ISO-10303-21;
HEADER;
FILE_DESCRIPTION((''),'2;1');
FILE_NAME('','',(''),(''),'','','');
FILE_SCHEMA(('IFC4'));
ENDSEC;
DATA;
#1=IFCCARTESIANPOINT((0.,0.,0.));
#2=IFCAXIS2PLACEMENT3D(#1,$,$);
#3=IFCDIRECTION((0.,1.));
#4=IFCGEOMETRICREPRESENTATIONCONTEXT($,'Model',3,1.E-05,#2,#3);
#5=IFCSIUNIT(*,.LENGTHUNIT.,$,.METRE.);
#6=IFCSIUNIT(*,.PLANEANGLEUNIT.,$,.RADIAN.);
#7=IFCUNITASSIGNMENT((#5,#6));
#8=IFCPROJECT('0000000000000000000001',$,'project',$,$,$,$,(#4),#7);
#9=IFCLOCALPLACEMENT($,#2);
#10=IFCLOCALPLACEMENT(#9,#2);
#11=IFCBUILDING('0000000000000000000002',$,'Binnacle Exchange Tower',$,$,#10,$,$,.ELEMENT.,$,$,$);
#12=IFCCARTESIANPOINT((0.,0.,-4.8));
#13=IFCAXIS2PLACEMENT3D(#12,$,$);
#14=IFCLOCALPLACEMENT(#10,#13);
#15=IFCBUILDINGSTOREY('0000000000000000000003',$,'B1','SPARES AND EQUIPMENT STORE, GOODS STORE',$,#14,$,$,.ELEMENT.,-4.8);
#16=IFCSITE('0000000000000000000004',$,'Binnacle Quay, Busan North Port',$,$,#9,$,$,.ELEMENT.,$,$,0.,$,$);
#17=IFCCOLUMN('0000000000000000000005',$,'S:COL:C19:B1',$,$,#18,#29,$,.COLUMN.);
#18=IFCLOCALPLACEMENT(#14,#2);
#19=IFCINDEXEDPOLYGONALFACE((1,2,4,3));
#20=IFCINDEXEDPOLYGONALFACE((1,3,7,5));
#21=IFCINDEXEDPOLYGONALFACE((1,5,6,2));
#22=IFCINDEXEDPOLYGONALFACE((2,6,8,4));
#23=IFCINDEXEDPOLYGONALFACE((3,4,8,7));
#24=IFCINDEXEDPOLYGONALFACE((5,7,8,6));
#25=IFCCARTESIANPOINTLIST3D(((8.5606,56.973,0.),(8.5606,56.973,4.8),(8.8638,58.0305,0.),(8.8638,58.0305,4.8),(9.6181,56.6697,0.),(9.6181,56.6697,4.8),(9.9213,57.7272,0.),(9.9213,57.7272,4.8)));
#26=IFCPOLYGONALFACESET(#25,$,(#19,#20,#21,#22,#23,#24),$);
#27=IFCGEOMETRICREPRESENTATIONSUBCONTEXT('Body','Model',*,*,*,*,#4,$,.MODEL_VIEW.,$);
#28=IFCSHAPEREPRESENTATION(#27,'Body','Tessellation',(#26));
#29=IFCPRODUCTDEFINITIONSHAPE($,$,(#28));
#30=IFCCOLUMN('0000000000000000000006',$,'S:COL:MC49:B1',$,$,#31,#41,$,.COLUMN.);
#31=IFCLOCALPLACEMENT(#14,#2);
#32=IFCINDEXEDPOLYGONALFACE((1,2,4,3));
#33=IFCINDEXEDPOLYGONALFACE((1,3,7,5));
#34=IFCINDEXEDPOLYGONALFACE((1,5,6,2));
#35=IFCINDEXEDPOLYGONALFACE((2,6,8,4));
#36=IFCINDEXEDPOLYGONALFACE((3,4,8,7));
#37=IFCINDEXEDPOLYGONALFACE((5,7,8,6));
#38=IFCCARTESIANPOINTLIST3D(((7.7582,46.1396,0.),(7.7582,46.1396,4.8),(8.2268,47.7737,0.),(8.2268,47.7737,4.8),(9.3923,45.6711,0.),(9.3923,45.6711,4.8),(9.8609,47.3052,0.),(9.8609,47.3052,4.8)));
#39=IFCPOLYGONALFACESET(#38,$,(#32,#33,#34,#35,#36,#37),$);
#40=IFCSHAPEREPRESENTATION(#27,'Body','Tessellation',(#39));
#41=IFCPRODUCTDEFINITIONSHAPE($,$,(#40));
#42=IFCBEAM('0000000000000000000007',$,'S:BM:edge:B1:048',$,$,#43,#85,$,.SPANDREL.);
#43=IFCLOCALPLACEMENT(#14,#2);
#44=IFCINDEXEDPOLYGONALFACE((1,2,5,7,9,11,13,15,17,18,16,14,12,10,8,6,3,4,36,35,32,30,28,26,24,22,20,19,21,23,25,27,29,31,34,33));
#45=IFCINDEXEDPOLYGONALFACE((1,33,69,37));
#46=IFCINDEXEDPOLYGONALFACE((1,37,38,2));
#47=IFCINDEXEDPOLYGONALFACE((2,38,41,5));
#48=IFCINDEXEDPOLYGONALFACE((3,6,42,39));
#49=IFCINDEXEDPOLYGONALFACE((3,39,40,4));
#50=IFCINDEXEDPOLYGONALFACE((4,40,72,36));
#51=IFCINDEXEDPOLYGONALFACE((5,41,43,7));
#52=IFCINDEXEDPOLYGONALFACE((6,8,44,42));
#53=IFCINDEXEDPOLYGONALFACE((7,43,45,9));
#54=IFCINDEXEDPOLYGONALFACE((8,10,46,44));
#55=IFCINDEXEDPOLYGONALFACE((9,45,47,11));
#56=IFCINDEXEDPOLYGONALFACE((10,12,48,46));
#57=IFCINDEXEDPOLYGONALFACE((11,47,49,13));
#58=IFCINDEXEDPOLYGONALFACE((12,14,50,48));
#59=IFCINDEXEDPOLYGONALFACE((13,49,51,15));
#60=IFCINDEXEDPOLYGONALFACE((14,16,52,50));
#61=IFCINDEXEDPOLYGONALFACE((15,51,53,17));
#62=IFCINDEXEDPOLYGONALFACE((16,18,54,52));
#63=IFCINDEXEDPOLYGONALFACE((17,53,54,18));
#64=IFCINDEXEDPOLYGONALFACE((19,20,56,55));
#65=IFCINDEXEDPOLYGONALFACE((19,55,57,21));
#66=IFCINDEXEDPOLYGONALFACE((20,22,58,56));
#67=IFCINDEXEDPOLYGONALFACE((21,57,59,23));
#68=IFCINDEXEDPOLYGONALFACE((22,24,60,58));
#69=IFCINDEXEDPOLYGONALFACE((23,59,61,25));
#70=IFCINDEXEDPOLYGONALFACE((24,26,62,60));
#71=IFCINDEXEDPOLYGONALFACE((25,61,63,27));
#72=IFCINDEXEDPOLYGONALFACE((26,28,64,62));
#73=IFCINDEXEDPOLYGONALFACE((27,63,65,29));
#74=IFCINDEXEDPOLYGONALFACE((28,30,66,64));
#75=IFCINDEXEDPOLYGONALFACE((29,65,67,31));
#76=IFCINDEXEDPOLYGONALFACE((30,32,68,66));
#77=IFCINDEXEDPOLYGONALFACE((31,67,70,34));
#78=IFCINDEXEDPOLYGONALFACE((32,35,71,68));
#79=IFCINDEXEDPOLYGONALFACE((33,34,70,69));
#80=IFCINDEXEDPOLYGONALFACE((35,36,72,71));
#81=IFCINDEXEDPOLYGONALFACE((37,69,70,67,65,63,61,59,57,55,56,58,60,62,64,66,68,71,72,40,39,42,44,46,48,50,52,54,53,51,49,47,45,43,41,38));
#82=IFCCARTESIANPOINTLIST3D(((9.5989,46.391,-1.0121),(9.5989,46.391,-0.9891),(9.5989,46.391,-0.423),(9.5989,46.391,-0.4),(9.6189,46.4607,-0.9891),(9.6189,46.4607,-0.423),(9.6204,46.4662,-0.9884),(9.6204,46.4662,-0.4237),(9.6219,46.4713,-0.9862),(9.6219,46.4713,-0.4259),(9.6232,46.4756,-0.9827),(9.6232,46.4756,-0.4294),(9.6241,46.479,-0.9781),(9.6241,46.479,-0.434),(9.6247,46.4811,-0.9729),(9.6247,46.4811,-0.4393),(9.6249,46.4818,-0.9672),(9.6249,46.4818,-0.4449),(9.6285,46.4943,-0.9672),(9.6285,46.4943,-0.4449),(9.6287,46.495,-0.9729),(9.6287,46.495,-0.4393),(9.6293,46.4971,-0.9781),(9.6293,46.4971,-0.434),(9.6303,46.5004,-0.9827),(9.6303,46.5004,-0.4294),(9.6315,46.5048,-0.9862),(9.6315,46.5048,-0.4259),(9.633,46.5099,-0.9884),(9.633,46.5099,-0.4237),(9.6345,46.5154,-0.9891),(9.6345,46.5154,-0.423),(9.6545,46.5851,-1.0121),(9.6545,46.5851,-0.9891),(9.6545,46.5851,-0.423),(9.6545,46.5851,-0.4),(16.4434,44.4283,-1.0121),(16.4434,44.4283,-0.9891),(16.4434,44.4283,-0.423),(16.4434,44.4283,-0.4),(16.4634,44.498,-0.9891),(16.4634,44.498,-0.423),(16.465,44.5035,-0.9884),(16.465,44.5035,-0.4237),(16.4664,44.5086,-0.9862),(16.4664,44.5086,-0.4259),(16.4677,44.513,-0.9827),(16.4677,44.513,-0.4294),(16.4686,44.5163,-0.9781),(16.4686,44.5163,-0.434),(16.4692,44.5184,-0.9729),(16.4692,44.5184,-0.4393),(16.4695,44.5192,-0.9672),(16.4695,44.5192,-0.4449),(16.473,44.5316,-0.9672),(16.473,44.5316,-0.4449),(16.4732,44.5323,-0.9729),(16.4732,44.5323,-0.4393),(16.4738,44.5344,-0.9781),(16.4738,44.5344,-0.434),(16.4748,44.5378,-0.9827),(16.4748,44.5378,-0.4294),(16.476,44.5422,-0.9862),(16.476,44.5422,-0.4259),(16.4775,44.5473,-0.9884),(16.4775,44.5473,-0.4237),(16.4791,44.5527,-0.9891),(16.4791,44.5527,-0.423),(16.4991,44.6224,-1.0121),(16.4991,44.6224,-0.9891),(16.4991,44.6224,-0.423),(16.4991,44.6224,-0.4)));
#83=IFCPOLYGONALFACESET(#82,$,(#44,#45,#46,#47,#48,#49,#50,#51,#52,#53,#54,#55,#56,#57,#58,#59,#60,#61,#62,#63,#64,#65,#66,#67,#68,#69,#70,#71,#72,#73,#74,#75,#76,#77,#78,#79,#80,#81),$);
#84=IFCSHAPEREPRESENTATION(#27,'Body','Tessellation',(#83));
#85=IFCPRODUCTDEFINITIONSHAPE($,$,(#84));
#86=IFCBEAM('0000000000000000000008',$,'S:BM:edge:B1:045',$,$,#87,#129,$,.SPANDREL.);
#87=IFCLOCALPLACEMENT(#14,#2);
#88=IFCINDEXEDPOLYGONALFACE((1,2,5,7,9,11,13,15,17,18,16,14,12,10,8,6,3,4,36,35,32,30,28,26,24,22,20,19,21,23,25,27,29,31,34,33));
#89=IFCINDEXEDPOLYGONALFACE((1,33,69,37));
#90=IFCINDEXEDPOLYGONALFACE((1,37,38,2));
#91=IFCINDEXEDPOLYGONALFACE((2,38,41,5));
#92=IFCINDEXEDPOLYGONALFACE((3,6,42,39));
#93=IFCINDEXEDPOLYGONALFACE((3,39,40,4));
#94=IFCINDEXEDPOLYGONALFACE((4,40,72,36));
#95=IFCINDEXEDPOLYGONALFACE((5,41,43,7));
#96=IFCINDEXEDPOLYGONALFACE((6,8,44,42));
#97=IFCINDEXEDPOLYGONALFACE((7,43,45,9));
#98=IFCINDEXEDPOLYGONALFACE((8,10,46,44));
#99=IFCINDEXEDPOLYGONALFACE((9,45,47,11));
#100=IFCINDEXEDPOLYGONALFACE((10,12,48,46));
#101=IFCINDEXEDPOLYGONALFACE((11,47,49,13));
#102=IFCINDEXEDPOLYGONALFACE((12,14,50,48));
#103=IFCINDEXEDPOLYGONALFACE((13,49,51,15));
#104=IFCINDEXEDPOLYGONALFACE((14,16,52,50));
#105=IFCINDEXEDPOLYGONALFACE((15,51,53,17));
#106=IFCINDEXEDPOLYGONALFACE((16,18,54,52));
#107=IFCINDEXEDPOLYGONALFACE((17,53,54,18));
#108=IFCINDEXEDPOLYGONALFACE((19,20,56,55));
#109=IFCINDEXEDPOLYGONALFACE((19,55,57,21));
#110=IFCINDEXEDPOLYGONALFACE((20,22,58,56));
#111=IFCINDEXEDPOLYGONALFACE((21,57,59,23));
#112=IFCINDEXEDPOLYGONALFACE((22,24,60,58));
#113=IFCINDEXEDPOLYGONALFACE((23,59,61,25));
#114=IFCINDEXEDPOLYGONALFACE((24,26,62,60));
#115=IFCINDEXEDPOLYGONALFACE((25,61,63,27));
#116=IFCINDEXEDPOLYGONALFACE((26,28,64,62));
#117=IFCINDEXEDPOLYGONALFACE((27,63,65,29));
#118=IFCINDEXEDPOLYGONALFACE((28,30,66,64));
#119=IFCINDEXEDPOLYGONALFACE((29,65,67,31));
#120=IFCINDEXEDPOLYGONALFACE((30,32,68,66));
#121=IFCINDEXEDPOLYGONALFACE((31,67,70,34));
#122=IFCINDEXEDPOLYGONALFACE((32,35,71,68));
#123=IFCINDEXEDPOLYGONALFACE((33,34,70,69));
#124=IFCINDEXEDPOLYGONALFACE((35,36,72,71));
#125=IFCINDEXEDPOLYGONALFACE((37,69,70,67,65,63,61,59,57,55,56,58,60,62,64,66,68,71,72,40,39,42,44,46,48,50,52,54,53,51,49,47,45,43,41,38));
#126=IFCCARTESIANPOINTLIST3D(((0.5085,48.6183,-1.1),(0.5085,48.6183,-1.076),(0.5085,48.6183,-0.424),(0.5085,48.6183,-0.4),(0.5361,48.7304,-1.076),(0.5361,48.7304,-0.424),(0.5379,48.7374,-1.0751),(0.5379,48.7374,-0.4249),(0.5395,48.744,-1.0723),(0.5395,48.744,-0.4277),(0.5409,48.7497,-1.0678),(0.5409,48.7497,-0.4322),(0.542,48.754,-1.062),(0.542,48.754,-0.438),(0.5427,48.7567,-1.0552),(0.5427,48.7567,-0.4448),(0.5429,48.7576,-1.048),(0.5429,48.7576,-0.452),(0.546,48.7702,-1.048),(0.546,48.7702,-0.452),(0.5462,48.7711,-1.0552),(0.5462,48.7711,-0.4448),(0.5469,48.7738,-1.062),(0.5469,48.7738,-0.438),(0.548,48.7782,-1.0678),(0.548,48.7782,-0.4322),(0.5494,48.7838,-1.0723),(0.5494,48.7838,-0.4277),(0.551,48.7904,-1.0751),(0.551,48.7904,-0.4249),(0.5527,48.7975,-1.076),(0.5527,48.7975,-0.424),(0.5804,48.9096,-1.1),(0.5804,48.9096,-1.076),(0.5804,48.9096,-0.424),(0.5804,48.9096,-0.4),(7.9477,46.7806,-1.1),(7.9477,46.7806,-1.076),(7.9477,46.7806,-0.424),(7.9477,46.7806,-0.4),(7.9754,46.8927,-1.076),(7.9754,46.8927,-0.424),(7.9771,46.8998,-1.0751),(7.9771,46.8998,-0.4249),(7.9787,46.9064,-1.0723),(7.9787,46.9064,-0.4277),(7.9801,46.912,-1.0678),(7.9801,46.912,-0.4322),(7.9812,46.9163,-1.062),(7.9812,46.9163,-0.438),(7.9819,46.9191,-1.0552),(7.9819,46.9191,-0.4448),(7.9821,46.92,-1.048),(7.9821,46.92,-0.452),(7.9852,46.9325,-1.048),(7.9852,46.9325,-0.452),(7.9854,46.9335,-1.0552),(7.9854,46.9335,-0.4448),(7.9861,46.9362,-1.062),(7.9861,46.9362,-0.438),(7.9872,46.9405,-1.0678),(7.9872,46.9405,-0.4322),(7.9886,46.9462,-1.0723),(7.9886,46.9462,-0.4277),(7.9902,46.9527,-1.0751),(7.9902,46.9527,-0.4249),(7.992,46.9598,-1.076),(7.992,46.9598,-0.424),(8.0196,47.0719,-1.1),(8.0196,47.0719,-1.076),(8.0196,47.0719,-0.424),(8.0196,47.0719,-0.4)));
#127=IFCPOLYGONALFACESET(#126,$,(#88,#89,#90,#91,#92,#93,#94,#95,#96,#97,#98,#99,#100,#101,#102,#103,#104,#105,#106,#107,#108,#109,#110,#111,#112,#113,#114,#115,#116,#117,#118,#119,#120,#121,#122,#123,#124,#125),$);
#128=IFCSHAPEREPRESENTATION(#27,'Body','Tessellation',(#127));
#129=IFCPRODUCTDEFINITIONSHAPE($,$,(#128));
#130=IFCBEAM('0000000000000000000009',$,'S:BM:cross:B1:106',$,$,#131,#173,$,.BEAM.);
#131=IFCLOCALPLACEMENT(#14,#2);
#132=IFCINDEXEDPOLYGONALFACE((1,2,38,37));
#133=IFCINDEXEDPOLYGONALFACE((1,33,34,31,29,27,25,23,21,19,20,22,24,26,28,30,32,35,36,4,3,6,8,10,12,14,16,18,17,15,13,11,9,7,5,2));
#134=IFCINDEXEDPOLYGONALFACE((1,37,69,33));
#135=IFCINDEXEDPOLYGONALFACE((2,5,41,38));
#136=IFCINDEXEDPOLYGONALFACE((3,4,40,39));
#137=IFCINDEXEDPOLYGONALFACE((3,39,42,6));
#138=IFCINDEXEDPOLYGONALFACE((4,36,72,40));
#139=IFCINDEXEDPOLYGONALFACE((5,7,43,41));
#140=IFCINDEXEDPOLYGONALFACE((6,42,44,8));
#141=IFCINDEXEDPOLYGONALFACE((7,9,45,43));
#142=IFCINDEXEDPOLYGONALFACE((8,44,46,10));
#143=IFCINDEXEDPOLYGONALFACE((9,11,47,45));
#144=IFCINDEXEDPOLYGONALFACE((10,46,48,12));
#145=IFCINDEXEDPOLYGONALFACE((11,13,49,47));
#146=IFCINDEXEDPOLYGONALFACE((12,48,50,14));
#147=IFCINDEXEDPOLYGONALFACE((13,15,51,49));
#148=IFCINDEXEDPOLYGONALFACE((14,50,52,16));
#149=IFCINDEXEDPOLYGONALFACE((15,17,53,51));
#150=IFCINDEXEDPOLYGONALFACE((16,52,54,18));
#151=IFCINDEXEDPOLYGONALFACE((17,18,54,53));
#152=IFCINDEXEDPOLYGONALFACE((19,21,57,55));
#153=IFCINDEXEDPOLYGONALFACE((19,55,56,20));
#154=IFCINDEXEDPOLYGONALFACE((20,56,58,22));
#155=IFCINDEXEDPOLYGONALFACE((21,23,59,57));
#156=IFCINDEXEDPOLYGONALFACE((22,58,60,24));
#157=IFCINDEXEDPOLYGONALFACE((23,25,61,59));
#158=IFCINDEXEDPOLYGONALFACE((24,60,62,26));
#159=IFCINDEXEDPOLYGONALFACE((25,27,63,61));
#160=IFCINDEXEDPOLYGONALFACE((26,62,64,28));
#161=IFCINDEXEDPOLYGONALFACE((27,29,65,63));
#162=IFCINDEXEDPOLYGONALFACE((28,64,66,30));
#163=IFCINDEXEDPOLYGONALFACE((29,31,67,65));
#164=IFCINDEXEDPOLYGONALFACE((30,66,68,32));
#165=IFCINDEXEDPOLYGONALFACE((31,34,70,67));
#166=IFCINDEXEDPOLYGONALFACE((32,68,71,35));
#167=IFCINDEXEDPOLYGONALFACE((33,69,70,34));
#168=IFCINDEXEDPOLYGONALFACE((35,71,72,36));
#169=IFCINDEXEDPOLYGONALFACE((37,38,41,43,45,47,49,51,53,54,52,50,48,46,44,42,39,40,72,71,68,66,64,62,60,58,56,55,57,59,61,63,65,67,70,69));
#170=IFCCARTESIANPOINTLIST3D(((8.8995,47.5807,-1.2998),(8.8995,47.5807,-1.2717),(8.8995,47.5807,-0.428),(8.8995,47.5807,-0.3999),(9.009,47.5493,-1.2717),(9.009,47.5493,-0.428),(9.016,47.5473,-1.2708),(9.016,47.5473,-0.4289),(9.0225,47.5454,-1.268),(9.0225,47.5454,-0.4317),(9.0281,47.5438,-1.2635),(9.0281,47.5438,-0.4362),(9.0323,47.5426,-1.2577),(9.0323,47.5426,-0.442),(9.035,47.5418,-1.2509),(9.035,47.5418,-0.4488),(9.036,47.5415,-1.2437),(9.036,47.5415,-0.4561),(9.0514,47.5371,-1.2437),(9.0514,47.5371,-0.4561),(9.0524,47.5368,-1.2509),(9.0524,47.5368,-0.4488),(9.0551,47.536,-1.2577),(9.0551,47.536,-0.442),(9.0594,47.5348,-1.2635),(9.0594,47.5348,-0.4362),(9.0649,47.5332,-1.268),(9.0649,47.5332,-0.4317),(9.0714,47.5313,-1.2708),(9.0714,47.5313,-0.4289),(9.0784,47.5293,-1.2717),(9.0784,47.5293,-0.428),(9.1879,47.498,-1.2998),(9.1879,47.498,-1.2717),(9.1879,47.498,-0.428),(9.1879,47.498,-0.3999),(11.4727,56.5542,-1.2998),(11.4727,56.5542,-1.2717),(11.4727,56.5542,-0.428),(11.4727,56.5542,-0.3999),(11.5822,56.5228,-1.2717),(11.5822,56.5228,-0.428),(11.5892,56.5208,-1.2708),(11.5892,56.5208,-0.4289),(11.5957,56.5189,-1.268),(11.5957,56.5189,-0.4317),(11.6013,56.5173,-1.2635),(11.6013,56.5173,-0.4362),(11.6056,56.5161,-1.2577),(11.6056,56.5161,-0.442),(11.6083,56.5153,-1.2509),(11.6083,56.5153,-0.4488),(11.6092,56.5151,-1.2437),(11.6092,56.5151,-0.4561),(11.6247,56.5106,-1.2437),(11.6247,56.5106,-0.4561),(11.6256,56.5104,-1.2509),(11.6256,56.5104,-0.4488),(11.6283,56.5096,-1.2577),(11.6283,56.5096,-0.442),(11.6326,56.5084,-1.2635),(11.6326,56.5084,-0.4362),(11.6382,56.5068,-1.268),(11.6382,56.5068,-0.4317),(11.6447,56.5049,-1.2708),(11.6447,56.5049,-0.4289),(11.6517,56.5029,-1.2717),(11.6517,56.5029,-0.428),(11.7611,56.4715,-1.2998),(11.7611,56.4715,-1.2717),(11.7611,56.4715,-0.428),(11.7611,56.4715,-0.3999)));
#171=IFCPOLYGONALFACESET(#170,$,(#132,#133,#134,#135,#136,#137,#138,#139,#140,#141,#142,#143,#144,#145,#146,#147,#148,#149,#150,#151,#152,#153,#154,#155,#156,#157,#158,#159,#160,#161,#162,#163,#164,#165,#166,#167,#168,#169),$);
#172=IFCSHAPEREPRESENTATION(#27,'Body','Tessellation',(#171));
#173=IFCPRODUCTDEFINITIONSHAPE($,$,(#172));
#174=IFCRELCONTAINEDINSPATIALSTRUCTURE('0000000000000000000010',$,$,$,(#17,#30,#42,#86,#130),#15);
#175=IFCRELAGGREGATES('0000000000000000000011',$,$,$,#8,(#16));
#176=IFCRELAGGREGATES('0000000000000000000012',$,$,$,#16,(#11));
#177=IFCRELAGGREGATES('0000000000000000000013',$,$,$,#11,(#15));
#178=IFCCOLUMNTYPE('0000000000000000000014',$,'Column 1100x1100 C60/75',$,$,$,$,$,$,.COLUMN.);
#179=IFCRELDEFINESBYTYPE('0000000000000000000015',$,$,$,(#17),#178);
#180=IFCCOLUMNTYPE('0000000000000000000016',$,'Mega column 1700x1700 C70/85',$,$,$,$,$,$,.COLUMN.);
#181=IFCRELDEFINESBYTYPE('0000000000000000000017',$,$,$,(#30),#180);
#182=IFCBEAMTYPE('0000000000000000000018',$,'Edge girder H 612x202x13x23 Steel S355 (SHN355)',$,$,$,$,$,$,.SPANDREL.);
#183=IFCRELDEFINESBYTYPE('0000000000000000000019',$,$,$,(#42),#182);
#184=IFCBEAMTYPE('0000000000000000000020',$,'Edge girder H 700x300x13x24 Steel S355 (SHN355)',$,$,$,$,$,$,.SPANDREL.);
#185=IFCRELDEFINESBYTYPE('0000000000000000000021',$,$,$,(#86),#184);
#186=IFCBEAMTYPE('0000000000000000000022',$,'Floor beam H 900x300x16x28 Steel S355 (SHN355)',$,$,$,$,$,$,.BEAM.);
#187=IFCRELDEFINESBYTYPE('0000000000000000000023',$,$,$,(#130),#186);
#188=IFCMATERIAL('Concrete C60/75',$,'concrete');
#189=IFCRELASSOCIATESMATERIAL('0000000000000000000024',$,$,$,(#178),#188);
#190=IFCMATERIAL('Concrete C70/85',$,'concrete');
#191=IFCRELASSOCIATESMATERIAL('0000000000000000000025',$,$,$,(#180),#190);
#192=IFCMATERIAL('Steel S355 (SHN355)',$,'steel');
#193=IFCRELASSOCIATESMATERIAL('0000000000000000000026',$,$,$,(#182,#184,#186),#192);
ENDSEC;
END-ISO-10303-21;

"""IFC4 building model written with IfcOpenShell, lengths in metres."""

from ifc_helpers import new_model, si_unit, direction, frame, origin, origin_2d, place, context, subcontext, project, spatial, rectangle, i_section, extrude, material, material_profile, profile_set, type_object, element, save


model = new_model("IFC4")

# Units and contexts
model_context = context("Model", 3, precision=1e-05, world=origin(), true_north=direction((0.0, 1.0)))
body_context = subcontext(model_context, "Body", "Model", "MODEL_VIEW")
ifc_project = project(units=[si_unit("LENGTHUNIT", "METRE"), si_unit("PLANEANGLEUNIT", "RADIAN")], contexts=[model_context])

# Site, building, storey
site_placement = place(None, origin())
site = spatial("IfcSite", under=ifc_project, at=site_placement, Name="Binnacle Quay, Busan North Port", CompositionType="ELEMENT", RefElevation=0.0)
building_placement = place(site_placement, origin())
building = spatial("IfcBuilding", under=site, at=building_placement, Name="Binnacle Exchange Tower", CompositionType="ELEMENT")
storey_placement = place(building_placement, frame((0.0, 0.0, -4.8)))
storey = spatial("IfcBuildingStorey", under=building, at=storey_placement, Name="B1", Description="SPARES AND EQUIPMENT STORE, GOODS STORE", CompositionType="ELEMENT", Elevation=-4.8)

# Columns
ifc_material_1 = material(Name="Concrete C60/75", Category="concrete")
ifc_material_profile_1 = material_profile(ifc_material_1, rectangle(XDim=1.1001, YDim=1.1001, at=origin_2d()), Name="Column 1100x1100 C60/75")
ifc_profile_set_1 = profile_set([ifc_material_profile_1], Name="Concrete C60/75")
column_type_1 = type_object("IfcColumnType", Name="Column 1100x1100 C60/75", PredefinedType="COLUMN", material=ifc_profile_set_1)
column_1_placement = place(storey_placement, frame((9.241, 57.3501, 0.0), z_axis=(0.0, 0.0, 1.0), x_axis=(0.961262, -0.275637, 0.0)))
element("IfcColumn", 1, at=column_1_placement, inside=storey, type_object=column_type_1, Name="S:COL:C19:B1", PredefinedType="COLUMN", context=body_context, shape_type="SweptSolid", body=[
    extrude(rectangle(XDim=1.1001, YDim=1.1001, at=origin_2d()), origin(), (0.0, 0.0, 1.0), 4.8),
])
ifc_material_2 = material(Name="Concrete C70/85", Category="concrete")
ifc_material_profile_2 = material_profile(ifc_material_2, rectangle(XDim=1.7, YDim=1.7, at=origin_2d()), Name="Mega column 1700x1700 C70/85")
ifc_profile_set_2 = profile_set([ifc_material_profile_2], Name="Concrete C70/85")
column_type_2 = type_object("IfcColumnType", Name="Mega column 1700x1700 C70/85", PredefinedType="COLUMN", material=ifc_profile_set_2)
column_2_placement = place(storey_placement, frame((8.8096, 46.7224, 0.0), z_axis=(0.0, 0.0, 1.0), x_axis=(0.961262, -0.275637, 0.0)))
element("IfcColumn", 2, at=column_2_placement, inside=storey, type_object=column_type_2, Name="S:COL:MC49:B1", PredefinedType="COLUMN", context=body_context, shape_type="SweptSolid", body=[
    extrude(rectangle(XDim=1.7, YDim=1.7, at=origin_2d()), origin(), (0.0, 0.0, 1.0), 4.8),
])

# Beams
ifc_material_3 = material(Name="Steel S355 (SHN355)", Category="steel")
ifc_material_profile_3 = material_profile(ifc_material_3, i_section(OverallWidth=0.2019, OverallDepth=0.6121, WebThickness=0.0129, FlangeThickness=0.0229, FilletRadius=0.022, at=origin_2d()), Name="H 612x202x13x23")
ifc_profile_set_3 = profile_set([ifc_material_profile_3], Name="Steel S355 (SHN355)")
beam_type_1 = type_object("IfcBeamType", Name="Edge girder H 612x202x13x23 Steel S355 (SHN355)", PredefinedType="SPANDREL", material=ifc_profile_set_3)
beam_1_placement = place(storey_placement, frame((9.6267, 46.488, -0.7061), z_axis=(0.961261, -0.27564, 0.0), x_axis=(0.27564, 0.961261, 0.0)))
element("IfcBeam", 3, at=beam_1_placement, inside=storey, type_object=beam_type_1, Name="S:BM:edge:B1:048", PredefinedType="SPANDREL", context=body_context, shape_type="SweptSolid", body=[
    extrude(i_section(OverallWidth=0.2019, OverallDepth=0.6121, WebThickness=0.0129, FlangeThickness=0.0229, FilletRadius=0.022, at=origin_2d()), origin(), (0.0, 0.0, 1.0), 7.1204),
])
ifc_material_profile_4 = material_profile(ifc_material_3, i_section(OverallWidth=0.3, OverallDepth=0.7, WebThickness=0.0129, FlangeThickness=0.0239, FilletRadius=0.0281, at=origin_2d()), Name="H 700x300x13x24")
ifc_profile_set_4 = profile_set([ifc_material_profile_4], Name="Steel S355 (SHN355)")
beam_type_2 = type_object("IfcBeamType", Name="Edge girder H 700x300x13x24 Steel S355 (SHN355)", PredefinedType="SPANDREL", material=ifc_profile_set_4)
beam_2_placement = place(storey_placement, frame((0.5444, 48.7639, -0.75), z_axis=(0.970819, -0.239813, 0.0), x_axis=(0.239813, 0.970819, 0.0)))
element("IfcBeam", 4, at=beam_2_placement, inside=storey, type_object=beam_type_2, Name="S:BM:edge:B1:045", PredefinedType="SPANDREL", context=body_context, shape_type="SweptSolid", body=[
    extrude(i_section(OverallWidth=0.3, OverallDepth=0.7, WebThickness=0.0129, FlangeThickness=0.0239, FilletRadius=0.0281, at=origin_2d()), origin(), (0.0, 0.0, 1.0), 7.6628),
])
ifc_material_profile_5 = material_profile(ifc_material_3, i_section(OverallWidth=0.3, OverallDepth=0.8999, WebThickness=0.0161, FlangeThickness=0.0281, FilletRadius=0.0281, at=origin_2d()), Name="H 900x300x16x28")
ifc_profile_set_5 = profile_set([ifc_material_profile_5], Name="Steel S355 (SHN355)")
beam_type_3 = type_object("IfcBeamType", Name="Floor beam H 900x300x16x28 Steel S355 (SHN355)", PredefinedType="BEAM", material=ifc_profile_set_5)
beam_3_placement = place(storey_placement, frame((9.0437, 47.5393, -0.8499), z_axis=(0.275647, 0.961259, 0.0), x_axis=(-0.961259, 0.275647, 0.0)))
element("IfcBeam", 5, at=beam_3_placement, inside=storey, type_object=beam_type_3, Name="S:BM:cross:B1:106", PredefinedType="BEAM", context=body_context, shape_type="SweptSolid", body=[
    extrude(i_section(OverallWidth=0.3, OverallDepth=0.8999, WebThickness=0.0161, FlangeThickness=0.0281, FilletRadius=0.0281, at=origin_2d()), origin(), (0.0, 0.0, 1.0), 9.3352),
])

save(model, "model.ifc")
